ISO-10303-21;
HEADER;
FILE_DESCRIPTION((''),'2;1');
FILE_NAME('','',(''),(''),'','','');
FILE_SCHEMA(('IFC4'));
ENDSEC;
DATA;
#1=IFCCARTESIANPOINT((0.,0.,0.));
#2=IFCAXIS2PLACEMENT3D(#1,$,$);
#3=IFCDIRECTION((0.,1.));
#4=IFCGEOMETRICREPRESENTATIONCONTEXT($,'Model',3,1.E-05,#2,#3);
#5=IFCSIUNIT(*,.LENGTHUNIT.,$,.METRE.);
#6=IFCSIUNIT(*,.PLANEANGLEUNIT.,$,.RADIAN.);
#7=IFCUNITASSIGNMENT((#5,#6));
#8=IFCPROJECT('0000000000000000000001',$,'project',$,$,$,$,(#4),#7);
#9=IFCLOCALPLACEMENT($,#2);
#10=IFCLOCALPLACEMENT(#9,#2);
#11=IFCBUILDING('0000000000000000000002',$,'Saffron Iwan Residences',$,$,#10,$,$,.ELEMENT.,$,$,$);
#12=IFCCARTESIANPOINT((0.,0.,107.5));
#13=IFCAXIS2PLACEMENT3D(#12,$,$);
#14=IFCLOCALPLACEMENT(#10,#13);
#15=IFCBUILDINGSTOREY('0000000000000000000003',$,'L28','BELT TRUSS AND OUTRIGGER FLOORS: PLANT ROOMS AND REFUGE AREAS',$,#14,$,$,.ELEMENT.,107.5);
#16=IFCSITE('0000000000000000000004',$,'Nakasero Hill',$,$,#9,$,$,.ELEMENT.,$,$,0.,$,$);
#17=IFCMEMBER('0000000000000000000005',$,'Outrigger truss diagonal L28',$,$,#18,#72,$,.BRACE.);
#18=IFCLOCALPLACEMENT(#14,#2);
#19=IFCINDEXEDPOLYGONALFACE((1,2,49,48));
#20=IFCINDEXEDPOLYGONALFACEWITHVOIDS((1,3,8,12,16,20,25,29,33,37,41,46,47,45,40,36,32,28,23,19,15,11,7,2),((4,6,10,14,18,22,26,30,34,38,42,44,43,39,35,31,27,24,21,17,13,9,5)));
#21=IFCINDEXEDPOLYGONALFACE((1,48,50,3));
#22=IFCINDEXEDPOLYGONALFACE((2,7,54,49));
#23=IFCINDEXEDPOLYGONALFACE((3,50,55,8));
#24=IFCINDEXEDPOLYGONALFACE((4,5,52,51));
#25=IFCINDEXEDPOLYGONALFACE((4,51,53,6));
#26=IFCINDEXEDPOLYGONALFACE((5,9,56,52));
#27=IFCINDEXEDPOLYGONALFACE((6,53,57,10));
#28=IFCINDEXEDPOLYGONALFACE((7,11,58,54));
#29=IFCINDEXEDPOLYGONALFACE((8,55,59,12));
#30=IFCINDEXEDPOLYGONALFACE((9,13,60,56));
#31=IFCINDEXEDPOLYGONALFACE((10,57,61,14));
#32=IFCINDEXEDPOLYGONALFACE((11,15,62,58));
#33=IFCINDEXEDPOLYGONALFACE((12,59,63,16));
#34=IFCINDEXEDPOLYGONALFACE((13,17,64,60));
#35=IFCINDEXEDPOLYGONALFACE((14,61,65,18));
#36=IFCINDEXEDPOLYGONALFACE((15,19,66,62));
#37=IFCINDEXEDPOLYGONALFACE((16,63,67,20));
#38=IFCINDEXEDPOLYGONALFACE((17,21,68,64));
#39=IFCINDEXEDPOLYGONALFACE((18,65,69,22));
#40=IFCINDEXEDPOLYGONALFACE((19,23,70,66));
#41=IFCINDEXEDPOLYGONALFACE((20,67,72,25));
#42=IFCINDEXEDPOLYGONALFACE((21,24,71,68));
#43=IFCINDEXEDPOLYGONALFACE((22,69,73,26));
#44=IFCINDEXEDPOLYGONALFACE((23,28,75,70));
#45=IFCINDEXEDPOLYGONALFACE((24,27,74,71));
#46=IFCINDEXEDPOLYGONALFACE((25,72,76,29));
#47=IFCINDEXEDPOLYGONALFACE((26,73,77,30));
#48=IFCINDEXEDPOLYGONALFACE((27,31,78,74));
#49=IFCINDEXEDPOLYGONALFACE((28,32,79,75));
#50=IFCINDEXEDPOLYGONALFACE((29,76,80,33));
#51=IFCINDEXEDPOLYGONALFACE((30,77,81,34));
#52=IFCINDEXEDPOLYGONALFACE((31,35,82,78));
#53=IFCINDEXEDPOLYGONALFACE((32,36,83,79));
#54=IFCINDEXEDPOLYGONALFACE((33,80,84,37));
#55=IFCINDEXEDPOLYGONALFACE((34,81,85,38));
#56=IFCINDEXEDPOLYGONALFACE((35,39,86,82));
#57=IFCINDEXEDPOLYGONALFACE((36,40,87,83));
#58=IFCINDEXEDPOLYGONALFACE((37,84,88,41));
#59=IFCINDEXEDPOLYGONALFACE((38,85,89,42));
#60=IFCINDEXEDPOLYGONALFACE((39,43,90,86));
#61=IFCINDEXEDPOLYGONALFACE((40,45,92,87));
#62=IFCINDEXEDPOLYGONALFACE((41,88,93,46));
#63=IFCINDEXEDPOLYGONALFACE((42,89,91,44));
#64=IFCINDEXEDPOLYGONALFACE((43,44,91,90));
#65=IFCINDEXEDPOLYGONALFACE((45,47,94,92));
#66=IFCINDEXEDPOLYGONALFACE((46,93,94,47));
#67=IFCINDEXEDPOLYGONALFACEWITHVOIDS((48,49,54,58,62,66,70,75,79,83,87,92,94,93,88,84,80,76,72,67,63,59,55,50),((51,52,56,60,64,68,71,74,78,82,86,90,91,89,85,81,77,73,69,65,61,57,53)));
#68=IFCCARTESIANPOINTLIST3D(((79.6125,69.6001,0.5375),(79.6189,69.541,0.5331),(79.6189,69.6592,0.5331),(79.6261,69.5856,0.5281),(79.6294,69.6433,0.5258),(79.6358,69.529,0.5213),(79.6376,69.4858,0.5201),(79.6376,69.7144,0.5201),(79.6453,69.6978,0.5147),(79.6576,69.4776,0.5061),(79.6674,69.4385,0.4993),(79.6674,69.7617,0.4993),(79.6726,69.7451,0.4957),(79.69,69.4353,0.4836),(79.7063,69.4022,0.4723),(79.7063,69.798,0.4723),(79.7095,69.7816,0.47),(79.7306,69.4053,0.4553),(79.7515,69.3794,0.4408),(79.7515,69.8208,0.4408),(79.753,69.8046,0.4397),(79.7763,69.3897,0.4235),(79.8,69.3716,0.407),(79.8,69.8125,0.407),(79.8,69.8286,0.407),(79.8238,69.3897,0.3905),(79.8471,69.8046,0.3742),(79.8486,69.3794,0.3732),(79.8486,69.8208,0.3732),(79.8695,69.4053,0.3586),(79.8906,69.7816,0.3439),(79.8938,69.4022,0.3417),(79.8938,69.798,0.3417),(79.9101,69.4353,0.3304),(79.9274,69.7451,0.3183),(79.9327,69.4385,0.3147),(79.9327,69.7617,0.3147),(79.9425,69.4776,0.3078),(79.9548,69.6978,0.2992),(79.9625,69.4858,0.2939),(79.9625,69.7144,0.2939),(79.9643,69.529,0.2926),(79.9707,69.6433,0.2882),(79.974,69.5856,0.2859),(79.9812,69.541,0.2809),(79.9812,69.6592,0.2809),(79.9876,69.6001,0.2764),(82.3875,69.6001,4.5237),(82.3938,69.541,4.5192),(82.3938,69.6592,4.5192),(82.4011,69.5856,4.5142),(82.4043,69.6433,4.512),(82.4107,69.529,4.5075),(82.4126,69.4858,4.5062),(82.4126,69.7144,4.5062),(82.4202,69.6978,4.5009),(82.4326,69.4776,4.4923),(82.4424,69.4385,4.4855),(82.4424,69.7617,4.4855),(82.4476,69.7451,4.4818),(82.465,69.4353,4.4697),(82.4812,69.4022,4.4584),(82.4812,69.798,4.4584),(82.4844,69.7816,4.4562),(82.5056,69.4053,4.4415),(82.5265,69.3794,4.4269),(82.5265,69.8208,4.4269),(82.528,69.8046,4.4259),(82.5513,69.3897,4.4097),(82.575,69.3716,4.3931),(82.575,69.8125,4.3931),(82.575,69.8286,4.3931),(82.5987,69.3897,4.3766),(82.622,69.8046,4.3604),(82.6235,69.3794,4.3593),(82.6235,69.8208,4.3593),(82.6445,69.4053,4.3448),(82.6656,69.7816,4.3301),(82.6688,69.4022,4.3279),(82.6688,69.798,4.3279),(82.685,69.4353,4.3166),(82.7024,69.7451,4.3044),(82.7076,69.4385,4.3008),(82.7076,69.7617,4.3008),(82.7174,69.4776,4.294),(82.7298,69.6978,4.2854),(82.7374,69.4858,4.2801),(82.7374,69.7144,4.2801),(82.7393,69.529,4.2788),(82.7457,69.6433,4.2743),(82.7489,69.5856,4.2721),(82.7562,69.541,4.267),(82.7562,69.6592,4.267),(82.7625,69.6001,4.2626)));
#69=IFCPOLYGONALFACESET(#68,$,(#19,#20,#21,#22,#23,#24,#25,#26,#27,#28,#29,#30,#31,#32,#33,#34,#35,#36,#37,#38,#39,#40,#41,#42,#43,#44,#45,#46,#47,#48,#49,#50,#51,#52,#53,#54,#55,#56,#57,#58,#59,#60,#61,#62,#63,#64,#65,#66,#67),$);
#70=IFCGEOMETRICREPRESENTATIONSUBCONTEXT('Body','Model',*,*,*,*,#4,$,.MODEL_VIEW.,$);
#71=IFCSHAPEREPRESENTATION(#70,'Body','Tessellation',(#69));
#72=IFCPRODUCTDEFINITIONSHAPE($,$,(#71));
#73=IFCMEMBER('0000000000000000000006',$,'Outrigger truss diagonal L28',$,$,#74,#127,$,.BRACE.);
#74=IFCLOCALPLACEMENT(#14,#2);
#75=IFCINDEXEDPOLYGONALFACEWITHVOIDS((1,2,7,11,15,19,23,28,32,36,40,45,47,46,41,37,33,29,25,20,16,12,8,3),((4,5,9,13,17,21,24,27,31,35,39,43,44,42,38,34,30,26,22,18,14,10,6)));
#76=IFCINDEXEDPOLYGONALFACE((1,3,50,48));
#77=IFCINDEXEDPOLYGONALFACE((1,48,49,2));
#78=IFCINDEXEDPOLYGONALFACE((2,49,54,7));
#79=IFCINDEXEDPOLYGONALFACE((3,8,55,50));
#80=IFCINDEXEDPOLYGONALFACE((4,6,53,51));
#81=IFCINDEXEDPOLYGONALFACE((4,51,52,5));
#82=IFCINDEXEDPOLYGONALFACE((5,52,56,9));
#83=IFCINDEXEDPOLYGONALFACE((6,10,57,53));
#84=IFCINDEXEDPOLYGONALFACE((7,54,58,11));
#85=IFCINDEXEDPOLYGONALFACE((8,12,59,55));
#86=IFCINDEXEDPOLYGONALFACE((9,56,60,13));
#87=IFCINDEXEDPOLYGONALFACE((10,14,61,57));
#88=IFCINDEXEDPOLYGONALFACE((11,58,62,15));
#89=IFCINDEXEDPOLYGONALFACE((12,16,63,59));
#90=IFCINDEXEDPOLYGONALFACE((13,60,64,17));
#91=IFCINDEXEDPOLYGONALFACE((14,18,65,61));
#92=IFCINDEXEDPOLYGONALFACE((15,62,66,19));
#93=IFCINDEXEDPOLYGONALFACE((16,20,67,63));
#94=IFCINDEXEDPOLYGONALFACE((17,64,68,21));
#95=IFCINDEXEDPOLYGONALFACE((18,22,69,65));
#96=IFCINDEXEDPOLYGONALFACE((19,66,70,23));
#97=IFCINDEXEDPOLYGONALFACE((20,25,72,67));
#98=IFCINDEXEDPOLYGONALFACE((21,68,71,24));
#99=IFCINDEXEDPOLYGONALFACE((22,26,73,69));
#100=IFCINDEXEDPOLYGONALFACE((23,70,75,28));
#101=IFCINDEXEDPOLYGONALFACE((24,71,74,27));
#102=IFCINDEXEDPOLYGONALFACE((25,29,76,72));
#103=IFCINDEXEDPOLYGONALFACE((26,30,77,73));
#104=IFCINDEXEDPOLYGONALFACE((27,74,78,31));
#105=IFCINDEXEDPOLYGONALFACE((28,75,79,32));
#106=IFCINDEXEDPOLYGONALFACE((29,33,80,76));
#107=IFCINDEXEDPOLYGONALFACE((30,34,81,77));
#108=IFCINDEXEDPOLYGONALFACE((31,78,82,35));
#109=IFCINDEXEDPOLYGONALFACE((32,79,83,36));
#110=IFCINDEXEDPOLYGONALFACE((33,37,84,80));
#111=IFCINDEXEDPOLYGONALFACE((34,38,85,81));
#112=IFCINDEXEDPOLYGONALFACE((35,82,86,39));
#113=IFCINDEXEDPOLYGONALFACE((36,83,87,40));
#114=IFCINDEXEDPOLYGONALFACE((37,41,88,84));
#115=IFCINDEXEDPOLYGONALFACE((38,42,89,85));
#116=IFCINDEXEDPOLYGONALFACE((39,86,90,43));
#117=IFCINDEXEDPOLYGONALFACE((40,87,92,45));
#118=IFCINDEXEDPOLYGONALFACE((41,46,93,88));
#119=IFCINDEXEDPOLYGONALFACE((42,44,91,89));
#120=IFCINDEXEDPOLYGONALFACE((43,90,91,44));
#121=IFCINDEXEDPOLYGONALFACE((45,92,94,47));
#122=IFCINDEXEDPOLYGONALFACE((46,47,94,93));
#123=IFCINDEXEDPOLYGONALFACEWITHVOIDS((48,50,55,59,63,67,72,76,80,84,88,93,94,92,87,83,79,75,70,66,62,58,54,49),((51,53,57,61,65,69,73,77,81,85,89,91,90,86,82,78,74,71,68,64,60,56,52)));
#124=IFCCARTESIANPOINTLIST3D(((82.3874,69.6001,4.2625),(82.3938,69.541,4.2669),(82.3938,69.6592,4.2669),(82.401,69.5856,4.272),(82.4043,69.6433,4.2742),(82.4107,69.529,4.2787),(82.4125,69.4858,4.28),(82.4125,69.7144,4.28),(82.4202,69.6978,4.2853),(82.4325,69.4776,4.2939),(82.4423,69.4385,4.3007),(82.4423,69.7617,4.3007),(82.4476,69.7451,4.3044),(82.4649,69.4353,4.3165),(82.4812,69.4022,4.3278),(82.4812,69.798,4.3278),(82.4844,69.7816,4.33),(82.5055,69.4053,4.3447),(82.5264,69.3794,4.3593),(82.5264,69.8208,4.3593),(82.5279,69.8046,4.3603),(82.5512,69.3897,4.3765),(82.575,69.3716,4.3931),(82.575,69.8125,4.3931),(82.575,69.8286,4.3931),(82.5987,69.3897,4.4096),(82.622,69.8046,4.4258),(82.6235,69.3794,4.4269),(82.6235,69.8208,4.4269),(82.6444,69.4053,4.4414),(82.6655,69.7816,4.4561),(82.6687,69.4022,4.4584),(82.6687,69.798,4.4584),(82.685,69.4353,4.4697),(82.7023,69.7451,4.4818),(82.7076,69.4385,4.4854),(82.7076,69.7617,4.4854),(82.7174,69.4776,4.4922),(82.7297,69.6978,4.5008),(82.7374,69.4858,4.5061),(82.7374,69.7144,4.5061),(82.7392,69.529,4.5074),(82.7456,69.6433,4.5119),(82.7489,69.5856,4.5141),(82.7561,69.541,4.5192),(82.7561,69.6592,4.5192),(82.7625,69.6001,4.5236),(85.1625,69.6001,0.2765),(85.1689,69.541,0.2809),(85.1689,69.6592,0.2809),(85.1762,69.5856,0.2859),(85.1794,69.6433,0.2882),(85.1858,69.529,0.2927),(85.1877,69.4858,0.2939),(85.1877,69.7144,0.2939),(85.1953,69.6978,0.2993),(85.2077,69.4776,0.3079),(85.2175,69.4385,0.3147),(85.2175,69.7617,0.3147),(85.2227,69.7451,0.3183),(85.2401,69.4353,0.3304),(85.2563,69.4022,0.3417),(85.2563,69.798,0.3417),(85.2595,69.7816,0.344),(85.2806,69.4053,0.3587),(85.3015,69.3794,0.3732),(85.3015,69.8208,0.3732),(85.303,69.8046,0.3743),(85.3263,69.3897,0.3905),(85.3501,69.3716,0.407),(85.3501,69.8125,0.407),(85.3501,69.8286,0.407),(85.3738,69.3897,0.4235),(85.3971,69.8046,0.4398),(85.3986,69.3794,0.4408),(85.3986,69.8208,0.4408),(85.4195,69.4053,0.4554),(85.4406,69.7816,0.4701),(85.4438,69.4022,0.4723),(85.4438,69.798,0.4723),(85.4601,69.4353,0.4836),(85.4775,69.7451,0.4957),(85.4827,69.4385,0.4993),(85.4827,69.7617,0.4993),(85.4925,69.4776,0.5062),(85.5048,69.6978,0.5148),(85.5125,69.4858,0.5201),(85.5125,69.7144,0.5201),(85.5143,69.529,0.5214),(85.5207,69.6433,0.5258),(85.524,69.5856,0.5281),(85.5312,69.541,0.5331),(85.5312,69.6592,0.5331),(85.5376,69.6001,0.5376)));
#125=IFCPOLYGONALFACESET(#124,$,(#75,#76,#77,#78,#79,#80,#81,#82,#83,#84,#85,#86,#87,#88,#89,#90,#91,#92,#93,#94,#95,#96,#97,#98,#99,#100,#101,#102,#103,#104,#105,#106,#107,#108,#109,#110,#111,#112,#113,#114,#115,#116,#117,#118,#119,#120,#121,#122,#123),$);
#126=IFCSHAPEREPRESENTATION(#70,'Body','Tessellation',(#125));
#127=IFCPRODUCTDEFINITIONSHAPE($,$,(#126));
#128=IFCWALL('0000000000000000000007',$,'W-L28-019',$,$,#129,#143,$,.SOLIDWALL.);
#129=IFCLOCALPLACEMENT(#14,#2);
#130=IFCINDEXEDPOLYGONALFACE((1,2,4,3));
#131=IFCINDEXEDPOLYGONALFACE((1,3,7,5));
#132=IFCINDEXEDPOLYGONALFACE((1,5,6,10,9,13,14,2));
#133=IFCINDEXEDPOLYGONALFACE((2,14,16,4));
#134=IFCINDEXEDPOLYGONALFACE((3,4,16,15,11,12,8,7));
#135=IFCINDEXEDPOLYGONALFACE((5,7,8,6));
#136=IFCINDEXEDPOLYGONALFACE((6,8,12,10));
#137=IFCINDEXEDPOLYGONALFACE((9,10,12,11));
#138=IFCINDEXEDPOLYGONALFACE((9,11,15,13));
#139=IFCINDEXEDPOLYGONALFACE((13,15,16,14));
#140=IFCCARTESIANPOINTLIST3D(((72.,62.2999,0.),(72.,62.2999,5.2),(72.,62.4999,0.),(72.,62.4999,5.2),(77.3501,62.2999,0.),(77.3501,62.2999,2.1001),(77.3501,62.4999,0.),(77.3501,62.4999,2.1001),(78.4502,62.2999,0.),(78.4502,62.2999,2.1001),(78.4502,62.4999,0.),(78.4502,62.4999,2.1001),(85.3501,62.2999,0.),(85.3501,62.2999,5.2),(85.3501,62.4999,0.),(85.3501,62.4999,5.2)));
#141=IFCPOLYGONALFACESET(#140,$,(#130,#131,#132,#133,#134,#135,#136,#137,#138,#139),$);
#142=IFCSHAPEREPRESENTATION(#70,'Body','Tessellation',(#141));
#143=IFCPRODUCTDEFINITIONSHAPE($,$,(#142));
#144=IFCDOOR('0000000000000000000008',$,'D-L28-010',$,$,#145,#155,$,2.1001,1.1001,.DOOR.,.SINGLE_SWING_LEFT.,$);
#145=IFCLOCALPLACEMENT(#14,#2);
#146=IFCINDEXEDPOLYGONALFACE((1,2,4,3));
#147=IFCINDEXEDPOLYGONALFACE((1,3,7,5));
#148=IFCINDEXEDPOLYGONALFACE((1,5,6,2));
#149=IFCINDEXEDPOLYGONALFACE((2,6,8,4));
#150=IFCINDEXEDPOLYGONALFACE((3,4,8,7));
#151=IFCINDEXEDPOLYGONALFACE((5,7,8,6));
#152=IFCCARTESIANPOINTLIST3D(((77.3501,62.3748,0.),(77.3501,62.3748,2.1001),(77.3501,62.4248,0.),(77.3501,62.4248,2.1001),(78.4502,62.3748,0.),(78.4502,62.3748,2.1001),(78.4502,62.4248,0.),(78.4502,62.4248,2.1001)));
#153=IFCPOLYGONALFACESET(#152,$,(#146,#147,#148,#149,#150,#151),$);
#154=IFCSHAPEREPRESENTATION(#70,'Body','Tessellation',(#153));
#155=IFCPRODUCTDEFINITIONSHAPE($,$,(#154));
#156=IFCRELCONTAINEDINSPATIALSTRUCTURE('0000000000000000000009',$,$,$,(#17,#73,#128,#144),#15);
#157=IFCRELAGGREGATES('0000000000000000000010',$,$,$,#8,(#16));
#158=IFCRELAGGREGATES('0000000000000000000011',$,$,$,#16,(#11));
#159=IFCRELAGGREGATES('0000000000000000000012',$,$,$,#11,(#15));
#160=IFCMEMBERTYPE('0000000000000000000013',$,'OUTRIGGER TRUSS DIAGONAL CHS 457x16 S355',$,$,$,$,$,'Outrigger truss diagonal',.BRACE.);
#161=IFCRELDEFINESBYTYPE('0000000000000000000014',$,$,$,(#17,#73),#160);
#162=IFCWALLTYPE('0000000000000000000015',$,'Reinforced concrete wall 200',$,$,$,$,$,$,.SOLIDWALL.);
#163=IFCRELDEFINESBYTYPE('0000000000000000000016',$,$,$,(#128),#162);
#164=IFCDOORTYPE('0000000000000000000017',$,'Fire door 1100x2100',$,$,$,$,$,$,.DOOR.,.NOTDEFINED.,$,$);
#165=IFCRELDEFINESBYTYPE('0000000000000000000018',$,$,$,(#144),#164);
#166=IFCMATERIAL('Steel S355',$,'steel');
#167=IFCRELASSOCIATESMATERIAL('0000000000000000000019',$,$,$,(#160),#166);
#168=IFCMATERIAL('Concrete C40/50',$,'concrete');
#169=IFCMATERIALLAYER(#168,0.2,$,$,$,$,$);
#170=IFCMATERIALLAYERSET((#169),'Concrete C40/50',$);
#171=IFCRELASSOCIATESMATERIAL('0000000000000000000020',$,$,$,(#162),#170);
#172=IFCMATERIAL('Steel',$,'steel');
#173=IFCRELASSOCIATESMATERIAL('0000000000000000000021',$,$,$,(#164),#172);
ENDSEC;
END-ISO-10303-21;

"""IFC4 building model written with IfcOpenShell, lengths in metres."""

from ifc_helpers import new_model, si_unit, direction, frame, frame_2d, origin, origin_2d, place, context, subcontext, project, spatial, rectangle, hollow_circle, extrude, source, transform, mapped, material, layer, layer_set, material_profile, profile_set, type_object, element, fill, save


model = new_model("IFC4")

# Units and contexts
model_context = context("Model", 3, precision=1e-05, world=origin(), true_north=direction((0.0, 1.0)))
body_context = subcontext(model_context, "Body", "Model", "MODEL_VIEW")
ifc_project = project(units=[si_unit("LENGTHUNIT", "METRE"), si_unit("PLANEANGLEUNIT", "RADIAN")], contexts=[model_context])

# Site, building, storey
site_placement = place(None, origin())
site = spatial("IfcSite", under=ifc_project, at=site_placement, Name="Nakasero Hill", CompositionType="ELEMENT", RefElevation=0.0)
building_placement = place(site_placement, origin())
building = spatial("IfcBuilding", under=site, at=building_placement, Name="Saffron Iwan Residences", CompositionType="ELEMENT")
storey_placement = place(building_placement, frame((0.0, 0.0, 107.5)))
storey = spatial("IfcBuildingStorey", under=building, at=storey_placement, Name="L28", Description="BELT TRUSS AND OUTRIGGER FLOORS: PLANT ROOMS AND REFUGE AREAS", CompositionType="ELEMENT", Elevation=107.5)

# Members
ifc_material_1 = material(Name="Steel S355", Category="steel")
ifc_material_profile_1 = material_profile(ifc_material_1, hollow_circle(Radius=0.2285, WallThickness=0.0161, at=origin_2d()), Name="CHS 457x16")
ifc_profile_set_1 = profile_set([ifc_material_profile_1], Name="Steel S355")
member_type_1 = type_object("IfcMemberType", Name="OUTRIGGER TRUSS DIAGONAL CHS 457x16 S355", ElementType="Outrigger truss diagonal", PredefinedType="BRACE", material=ifc_profile_set_1)
shared_shape_1 = source(origin(), body_context, "Body", "SweptSolid", [
    extrude(hollow_circle(Radius=0.2285, WallThickness=0.0161, at=origin_2d()), origin(), (0.0, 0.0, 1.0), 4.8569),
])
for number, where, z_axis, x_axis, name in (
    (1, (79.8, 69.6001, 0.407), (0.571338, 0.0, 0.820715), (0.0, 1.0, 0.0), "Outrigger truss diagonal L28"),
    (2, (82.575, 69.6001, 4.3931), (0.571372, 0.0, -0.820691), (0.0, 1.0, 0.0), "Outrigger truss diagonal L28"),
):
    element("IfcMember", number, at=place(storey_placement, frame(where, z_axis=z_axis, x_axis=x_axis)), inside=storey, type_object=member_type_1, Name=name, PredefinedType="BRACE", context=body_context, shape_type="MappedRepresentation", body=[
        mapped(shared_shape_1, transform((0.0, 0.0, 0.0))),
    ])

# Wall, opening, door
ifc_material_2 = material(Name="Concrete C40/50", Category="concrete")
ifc_layer = layer(ifc_material_2, 0.2)
ifc_layer_set = layer_set([ifc_layer], Name="Concrete C40/50")
wall_type = type_object("IfcWallType", Name="Reinforced concrete wall 200", PredefinedType="SOLIDWALL", material=ifc_layer_set)
wall_placement = place(storey_placement, frame((72.0, 62.3999, 0.0), z_axis=(0.0, 0.0, 1.0), x_axis=(1.0, 0.0, 0.0)))
wall = element("IfcWall", 3, at=wall_placement, inside=storey, type_object=wall_type, Name="W-L28-019", PredefinedType="SOLIDWALL", context=body_context, shape_type="SweptSolid", body=[
    extrude(rectangle(XDim=13.3501, YDim=0.2, at=frame_2d((6.675, 0.0))), origin(), (0.0, 0.0, 1.0), 5.2),
])
opening_placement = place(wall_placement, frame((5.3501, 0.0, 0.0)))
opening = element("IfcOpeningElement", 4, at=opening_placement, cuts=wall, PredefinedType="OPENING", context=body_context, shape_type="SweptSolid", body=[
    extrude(rectangle(XDim=1.1001, YDim=2.1001, at=frame_2d((0.55, 1.05))), frame((0.0, 0.1099, 0.0), z_axis=(0.0, -1.0, 0.0), x_axis=(1.0, 0.0, 0.0)), (0.0, 0.0, 1.0), 0.22),
])
ifc_material_3 = material(Name="Steel", Category="steel")
door_type = type_object("IfcDoorType", Name="Fire door 1100x2100", OperationType="NOTDEFINED", PredefinedType="DOOR", material=ifc_material_3)
door_placement = place(opening_placement, origin())
door = element("IfcDoor", 5, at=door_placement, inside=storey, type_object=door_type, Name="D-L28-010", OperationType="SINGLE_SWING_LEFT", OverallHeight=2.1001, OverallWidth=1.1001, PredefinedType="DOOR", context=body_context, shape_type="SweptSolid", body=[
    extrude(rectangle(XDim=1.1001, YDim=2.1001, at=frame_2d((0.55, 1.05))), frame((0.0, 0.0249, 0.0), z_axis=(0.0, -1.0, 0.0), x_axis=(1.0, 0.0, 0.0)), (0.0, 0.0, 1.0), 0.05),
])
fill(opening, door)

save(model, "model.ifc")
